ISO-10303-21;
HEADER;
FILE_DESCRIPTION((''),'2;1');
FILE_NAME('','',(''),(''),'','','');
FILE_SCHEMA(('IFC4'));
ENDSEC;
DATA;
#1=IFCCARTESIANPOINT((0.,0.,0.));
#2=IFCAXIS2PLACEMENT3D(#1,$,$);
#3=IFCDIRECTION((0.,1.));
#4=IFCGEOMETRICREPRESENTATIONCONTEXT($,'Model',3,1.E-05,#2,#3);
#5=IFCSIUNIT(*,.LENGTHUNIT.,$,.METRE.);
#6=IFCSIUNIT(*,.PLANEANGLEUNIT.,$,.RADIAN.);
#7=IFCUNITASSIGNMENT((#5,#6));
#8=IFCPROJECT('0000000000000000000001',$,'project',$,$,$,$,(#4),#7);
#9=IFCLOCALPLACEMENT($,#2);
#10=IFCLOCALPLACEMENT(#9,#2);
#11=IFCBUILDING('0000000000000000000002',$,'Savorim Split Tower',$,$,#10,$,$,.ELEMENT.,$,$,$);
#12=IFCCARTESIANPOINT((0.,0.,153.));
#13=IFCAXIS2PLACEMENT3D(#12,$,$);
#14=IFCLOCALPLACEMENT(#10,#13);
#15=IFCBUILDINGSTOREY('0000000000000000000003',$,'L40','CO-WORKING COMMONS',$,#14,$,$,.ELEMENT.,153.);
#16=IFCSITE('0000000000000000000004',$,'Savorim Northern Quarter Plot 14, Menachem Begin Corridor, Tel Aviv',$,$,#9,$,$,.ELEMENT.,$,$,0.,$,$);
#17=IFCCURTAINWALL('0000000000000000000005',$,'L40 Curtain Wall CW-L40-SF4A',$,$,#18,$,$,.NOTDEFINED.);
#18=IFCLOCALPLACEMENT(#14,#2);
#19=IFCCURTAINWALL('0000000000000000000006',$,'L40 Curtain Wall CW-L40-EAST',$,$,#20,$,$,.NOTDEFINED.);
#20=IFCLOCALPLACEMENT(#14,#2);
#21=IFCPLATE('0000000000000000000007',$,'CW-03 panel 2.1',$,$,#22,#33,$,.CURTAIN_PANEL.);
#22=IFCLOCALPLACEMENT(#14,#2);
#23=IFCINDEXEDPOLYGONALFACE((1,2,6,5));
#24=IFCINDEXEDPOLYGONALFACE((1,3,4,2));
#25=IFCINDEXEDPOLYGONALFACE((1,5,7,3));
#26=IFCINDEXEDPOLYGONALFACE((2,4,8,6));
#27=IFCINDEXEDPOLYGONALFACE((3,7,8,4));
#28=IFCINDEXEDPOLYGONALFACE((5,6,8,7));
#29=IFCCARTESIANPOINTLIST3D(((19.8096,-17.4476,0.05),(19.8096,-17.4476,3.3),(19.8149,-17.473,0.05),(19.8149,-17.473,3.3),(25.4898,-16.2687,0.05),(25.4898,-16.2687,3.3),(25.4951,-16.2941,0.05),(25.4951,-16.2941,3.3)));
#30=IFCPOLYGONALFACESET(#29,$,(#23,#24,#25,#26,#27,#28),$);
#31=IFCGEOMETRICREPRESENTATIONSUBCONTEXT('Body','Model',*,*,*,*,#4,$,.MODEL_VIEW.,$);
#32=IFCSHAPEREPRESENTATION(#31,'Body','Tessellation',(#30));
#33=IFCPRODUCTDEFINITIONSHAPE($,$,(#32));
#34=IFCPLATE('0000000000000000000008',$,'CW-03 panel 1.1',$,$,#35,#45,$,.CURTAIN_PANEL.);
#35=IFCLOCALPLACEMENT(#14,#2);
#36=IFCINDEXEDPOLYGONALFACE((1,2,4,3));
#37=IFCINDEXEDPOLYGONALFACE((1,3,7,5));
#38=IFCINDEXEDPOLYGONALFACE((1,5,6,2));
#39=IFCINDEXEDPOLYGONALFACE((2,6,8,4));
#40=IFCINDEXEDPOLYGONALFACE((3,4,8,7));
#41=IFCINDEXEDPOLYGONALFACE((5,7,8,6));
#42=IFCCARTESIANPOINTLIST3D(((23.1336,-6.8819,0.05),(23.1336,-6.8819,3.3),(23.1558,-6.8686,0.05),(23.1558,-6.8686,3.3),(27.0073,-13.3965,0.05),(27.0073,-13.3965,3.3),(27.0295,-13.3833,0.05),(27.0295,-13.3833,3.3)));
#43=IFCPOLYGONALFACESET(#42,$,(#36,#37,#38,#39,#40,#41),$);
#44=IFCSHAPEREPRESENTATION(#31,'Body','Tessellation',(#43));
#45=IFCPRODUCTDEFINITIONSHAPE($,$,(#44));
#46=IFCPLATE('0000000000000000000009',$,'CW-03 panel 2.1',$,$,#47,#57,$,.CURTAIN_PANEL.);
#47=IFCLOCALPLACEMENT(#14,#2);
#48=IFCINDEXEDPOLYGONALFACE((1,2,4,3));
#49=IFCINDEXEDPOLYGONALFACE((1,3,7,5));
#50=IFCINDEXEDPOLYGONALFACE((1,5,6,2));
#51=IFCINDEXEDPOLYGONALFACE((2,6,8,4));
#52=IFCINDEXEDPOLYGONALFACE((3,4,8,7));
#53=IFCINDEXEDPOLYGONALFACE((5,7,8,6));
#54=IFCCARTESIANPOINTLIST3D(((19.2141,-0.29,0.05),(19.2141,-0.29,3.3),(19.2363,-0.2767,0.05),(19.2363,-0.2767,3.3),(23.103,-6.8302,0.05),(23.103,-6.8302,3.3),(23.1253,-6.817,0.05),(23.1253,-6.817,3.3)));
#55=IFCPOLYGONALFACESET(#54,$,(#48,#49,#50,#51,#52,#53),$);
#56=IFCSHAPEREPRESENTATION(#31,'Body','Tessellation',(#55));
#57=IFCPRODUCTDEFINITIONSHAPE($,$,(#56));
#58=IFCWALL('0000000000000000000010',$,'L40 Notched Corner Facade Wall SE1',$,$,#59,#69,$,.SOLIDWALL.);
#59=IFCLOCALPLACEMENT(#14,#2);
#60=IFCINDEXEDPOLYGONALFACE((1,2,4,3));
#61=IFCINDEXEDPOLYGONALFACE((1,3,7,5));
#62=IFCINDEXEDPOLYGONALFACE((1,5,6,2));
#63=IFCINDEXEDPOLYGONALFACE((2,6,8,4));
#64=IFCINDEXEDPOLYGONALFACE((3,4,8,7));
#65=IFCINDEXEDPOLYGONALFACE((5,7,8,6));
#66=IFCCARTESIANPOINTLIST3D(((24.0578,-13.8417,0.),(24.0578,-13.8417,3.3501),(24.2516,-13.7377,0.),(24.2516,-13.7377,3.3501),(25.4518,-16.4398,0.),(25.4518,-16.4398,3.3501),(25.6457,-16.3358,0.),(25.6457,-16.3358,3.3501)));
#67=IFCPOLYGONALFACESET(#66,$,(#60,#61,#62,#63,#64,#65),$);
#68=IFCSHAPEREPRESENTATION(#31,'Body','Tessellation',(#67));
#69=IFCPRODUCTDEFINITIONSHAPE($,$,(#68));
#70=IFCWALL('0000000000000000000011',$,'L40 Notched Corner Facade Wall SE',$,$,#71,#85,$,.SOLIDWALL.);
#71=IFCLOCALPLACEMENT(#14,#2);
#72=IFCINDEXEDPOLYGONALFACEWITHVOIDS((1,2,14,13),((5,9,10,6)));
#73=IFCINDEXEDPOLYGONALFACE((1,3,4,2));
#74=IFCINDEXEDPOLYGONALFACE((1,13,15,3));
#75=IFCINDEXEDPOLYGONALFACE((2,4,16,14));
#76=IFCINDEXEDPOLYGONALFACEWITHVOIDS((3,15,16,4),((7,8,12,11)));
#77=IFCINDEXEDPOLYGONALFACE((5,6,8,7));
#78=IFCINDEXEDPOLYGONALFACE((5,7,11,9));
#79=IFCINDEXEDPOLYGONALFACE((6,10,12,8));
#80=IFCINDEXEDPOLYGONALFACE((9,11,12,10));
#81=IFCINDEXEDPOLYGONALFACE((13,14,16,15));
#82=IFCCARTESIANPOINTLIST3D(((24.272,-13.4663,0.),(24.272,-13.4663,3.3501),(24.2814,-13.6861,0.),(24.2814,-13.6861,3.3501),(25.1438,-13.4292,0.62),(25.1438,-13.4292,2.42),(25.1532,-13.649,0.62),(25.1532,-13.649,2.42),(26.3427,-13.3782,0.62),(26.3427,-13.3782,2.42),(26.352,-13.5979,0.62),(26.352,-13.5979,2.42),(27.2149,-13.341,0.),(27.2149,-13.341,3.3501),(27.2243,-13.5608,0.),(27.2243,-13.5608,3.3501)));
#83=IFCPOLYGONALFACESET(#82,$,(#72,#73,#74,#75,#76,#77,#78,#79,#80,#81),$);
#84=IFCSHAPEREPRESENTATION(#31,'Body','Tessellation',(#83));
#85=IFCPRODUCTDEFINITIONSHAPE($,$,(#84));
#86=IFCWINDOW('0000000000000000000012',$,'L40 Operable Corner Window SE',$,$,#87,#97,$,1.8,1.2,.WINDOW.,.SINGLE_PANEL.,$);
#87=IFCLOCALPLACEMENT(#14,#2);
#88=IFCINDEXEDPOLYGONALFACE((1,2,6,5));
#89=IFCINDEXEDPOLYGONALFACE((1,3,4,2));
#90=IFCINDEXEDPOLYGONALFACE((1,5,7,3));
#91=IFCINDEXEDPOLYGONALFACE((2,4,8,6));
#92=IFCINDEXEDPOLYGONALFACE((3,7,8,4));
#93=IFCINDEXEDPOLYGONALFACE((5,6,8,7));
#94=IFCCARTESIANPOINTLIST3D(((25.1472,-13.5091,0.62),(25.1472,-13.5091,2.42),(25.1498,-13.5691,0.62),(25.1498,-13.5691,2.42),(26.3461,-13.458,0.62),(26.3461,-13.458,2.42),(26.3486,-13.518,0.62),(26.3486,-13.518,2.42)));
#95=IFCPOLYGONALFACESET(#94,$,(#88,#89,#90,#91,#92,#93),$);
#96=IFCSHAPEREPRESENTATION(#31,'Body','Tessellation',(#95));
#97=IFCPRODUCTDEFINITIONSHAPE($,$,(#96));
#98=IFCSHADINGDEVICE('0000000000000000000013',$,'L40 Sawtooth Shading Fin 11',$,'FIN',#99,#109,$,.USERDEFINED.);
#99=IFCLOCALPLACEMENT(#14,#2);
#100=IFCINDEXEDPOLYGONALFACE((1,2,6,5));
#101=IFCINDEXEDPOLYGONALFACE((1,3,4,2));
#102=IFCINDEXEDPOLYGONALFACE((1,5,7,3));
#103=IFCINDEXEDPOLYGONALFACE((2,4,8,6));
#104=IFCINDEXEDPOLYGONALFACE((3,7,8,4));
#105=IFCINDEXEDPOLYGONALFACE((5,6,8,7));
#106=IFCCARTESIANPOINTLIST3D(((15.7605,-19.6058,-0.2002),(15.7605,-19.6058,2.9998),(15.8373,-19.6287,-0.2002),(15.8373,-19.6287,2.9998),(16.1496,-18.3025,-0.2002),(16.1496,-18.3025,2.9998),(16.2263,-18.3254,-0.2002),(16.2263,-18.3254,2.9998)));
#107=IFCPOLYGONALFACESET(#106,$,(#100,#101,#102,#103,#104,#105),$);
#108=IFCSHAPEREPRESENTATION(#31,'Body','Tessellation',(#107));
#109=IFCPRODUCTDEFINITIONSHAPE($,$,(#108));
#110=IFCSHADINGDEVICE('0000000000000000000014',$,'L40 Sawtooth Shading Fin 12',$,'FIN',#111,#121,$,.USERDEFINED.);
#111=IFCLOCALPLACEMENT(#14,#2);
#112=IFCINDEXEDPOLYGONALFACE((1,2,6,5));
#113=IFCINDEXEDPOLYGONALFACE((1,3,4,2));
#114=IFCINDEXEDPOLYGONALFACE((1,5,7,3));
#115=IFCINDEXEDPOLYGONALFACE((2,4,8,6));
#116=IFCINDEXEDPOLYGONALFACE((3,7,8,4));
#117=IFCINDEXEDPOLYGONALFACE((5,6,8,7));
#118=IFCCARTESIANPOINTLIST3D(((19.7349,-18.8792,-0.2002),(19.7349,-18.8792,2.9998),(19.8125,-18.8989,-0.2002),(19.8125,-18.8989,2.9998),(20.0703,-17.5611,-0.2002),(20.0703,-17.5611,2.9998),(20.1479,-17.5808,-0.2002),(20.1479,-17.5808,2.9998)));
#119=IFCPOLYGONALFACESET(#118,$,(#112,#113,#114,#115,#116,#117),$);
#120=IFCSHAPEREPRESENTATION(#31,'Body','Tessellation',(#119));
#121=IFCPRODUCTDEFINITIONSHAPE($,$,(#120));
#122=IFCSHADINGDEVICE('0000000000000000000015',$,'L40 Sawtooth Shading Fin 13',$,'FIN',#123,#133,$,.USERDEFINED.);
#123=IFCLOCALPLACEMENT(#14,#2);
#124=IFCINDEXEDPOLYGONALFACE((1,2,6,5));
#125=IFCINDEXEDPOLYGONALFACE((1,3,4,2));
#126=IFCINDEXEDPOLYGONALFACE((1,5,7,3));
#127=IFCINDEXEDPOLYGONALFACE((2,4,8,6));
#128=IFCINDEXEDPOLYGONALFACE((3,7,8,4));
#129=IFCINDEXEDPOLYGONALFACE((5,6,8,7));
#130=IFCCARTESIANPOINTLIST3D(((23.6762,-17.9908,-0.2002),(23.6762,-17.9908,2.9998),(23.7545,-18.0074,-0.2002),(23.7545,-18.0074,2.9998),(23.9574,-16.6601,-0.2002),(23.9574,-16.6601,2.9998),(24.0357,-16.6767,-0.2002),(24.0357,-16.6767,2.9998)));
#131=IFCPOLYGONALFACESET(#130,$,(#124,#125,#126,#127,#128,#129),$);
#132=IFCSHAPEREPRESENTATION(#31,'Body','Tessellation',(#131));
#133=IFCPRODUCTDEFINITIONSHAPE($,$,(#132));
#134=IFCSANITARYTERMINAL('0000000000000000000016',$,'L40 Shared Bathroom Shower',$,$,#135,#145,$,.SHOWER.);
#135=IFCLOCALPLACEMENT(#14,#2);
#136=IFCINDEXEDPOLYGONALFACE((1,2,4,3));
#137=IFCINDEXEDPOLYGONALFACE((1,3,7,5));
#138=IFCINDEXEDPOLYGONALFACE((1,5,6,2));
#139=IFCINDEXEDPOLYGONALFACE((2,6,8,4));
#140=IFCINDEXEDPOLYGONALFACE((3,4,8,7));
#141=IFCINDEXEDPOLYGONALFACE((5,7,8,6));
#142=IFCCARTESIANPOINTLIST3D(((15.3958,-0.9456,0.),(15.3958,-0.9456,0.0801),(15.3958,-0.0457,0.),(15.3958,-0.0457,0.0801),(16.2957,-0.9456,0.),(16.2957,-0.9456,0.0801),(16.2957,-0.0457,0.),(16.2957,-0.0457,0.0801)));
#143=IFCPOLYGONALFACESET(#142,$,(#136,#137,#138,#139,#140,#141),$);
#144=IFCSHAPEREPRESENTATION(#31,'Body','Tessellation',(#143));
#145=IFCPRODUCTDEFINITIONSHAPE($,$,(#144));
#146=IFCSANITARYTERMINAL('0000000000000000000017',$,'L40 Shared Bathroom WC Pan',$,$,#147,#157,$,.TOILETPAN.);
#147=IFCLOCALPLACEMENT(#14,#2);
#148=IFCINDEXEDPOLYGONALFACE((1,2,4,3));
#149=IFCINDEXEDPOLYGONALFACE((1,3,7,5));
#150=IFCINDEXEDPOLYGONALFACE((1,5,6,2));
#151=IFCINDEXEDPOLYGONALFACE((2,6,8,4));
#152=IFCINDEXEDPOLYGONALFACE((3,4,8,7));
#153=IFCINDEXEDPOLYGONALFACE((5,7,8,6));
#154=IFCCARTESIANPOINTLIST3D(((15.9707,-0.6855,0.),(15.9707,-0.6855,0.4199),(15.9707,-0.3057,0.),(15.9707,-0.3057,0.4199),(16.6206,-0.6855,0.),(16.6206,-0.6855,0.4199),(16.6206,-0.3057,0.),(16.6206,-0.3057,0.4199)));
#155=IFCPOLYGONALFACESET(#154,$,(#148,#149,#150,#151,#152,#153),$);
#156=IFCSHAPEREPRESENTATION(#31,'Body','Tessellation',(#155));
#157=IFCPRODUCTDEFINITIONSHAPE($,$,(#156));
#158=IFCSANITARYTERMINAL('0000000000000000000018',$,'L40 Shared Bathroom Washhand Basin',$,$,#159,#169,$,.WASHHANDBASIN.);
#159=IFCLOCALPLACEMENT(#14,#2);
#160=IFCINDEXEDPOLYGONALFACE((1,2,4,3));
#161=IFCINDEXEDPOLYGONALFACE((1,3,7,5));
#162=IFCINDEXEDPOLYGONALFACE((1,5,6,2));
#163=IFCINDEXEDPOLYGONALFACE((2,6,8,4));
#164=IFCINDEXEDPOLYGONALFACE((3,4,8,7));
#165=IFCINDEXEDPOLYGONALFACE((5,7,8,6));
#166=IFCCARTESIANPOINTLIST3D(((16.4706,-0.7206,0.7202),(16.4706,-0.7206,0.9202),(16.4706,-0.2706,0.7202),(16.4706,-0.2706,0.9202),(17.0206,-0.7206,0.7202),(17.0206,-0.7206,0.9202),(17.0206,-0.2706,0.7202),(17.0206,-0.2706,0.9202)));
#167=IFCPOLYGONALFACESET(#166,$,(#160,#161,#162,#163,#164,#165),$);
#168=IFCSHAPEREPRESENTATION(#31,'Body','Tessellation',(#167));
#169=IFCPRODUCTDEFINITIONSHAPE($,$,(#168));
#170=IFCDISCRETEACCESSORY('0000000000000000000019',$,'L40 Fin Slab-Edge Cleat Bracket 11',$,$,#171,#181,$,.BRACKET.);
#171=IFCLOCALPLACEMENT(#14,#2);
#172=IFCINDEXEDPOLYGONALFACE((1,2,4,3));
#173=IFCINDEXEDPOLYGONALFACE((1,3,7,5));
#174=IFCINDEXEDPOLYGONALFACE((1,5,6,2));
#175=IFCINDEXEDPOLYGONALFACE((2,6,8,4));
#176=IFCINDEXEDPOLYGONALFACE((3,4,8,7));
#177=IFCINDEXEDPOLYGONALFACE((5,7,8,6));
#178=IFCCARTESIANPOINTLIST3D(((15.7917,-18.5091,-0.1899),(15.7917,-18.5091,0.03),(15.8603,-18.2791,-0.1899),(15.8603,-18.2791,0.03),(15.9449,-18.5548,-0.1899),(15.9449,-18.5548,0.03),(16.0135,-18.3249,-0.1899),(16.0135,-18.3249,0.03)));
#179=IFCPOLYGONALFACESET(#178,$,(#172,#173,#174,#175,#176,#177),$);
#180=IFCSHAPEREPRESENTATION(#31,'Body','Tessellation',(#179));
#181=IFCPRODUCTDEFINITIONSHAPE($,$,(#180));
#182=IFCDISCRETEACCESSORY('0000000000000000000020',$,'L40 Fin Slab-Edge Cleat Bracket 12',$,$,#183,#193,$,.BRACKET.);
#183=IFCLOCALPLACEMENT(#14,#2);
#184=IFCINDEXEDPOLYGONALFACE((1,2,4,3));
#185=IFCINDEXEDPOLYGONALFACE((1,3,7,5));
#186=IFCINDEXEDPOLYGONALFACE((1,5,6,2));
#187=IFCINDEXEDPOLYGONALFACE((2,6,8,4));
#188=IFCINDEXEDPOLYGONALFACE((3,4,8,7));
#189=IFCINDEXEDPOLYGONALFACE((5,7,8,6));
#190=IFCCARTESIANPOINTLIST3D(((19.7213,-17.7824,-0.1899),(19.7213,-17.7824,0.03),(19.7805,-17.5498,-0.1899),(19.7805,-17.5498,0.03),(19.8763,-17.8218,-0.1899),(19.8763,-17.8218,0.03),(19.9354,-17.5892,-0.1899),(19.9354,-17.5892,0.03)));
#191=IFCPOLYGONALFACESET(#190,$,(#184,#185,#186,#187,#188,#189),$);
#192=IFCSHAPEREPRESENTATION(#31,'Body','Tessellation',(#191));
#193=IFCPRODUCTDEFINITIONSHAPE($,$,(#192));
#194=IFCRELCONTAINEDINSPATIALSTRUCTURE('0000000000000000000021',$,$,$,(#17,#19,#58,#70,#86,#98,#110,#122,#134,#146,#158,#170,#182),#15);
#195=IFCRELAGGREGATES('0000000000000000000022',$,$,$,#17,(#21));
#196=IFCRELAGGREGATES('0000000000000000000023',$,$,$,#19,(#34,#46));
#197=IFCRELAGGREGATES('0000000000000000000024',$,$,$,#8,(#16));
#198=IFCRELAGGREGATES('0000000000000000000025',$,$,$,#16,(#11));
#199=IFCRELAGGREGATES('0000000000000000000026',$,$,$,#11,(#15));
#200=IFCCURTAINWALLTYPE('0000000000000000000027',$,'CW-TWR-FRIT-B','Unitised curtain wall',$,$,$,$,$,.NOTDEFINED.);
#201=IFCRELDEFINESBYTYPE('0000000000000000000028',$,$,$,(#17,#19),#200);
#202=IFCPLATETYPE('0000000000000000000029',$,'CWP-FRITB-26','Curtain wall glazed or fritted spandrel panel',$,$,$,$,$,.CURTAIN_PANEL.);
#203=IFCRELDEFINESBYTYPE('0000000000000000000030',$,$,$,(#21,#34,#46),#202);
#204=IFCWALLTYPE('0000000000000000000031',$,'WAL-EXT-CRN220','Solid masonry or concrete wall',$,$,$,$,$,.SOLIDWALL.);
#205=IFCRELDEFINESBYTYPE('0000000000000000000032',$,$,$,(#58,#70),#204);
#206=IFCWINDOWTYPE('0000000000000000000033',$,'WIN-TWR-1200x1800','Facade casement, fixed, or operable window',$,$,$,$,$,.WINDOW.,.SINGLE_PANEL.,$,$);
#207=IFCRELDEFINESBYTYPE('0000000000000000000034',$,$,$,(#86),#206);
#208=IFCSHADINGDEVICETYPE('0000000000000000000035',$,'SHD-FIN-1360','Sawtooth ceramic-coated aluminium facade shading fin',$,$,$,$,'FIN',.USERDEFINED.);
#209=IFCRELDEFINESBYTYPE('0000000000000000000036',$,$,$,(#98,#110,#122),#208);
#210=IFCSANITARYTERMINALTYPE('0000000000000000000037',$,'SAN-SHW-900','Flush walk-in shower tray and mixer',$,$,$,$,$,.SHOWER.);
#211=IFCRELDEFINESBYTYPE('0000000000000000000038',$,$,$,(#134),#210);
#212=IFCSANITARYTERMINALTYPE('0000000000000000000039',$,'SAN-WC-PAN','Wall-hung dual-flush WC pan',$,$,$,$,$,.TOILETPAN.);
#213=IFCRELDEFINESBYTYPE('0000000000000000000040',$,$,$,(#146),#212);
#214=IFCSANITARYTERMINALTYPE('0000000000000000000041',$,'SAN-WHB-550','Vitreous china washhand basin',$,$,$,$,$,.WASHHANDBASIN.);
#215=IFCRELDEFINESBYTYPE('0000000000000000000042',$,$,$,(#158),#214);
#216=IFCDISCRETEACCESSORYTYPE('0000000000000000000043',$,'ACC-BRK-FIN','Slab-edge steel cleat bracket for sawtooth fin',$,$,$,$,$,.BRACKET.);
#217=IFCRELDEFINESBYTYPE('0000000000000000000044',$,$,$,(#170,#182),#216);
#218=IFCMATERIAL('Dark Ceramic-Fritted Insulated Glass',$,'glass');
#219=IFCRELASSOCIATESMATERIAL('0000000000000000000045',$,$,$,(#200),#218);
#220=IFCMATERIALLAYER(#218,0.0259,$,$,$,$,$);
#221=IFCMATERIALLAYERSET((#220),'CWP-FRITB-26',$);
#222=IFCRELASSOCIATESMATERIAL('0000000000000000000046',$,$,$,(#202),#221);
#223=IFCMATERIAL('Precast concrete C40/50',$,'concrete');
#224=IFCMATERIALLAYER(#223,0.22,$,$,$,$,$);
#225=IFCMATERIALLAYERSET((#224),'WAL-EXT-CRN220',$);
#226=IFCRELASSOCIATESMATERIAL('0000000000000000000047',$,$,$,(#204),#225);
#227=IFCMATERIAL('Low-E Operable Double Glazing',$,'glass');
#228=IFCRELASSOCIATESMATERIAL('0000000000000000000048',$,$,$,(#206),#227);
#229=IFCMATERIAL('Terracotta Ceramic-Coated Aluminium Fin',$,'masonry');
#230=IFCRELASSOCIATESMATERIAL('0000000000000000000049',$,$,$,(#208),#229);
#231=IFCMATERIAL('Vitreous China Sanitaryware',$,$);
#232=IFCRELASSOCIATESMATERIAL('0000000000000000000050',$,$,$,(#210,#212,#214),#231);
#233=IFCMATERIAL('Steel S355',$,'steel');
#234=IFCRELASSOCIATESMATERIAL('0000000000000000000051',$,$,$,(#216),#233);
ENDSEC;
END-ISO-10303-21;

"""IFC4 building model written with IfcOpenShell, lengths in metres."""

from ifc_helpers import new_model, si_unit, direction, frame, frame_2d, origin, origin_2d, place, context, subcontext, project, spatial, rectangle, extrude, material, layer, layer_set, type_object, element, fill, aggregate, save


model = new_model("IFC4")

# Units and contexts
model_context = context("Model", 3, precision=1e-05, world=origin(), true_north=direction((0.0, 1.0)))
body_context = subcontext(model_context, "Body", "Model", "MODEL_VIEW")
ifc_project = project(units=[si_unit("LENGTHUNIT", "METRE"), si_unit("PLANEANGLEUNIT", "RADIAN")], contexts=[model_context])

# Site, building, storey
site_placement = place(None, origin())
site = spatial("IfcSite", under=ifc_project, at=site_placement, Name="Savorim Northern Quarter Plot 14, Menachem Begin Corridor, Tel Aviv", CompositionType="ELEMENT", RefElevation=0.0)
building_placement = place(site_placement, origin())
building = spatial("IfcBuilding", under=site, at=building_placement, Name="Savorim Split Tower", CompositionType="ELEMENT")
storey_placement = place(building_placement, frame((0.0, 0.0, 153.0)))
storey = spatial("IfcBuildingStorey", under=building, at=storey_placement, Name="L40", Description="CO-WORKING COMMONS", CompositionType="ELEMENT", Elevation=153.0)

# Shared definitions
ifc_material_1 = material(Name="Steel S355", Category="steel")

# Curtain walls
ifc_material_2 = material(Name="Dark Ceramic-Fritted Insulated Glass", Category="glass")
curtain_wall_type = type_object("IfcCurtainWallType", Name="CW-TWR-FRIT-B", Description="Unitised curtain wall", PredefinedType="NOTDEFINED", material=ifc_material_2)
curtain_wall_1_placement = place(storey_placement, origin())
curtain_wall_1 = element("IfcCurtainWall", 1, at=curtain_wall_1_placement, inside=storey, type_object=curtain_wall_type, Name="L40 Curtain Wall CW-L40-SF4A", PredefinedType="NOTDEFINED")
curtain_wall_2_placement = place(storey_placement, origin())
curtain_wall_2 = element("IfcCurtainWall", 2, at=curtain_wall_2_placement, inside=storey, type_object=curtain_wall_type, Name="L40 Curtain Wall CW-L40-EAST", PredefinedType="NOTDEFINED")

# Plates
ifc_layer_1 = layer(ifc_material_2, 0.0259)
ifc_layer_set_1 = layer_set([ifc_layer_1], Name="CWP-FRITB-26")
plate_type = type_object("IfcPlateType", Name="CWP-FRITB-26", Description="Curtain wall glazed or fritted spandrel panel", PredefinedType="CURTAIN_PANEL", material=ifc_layer_set_1)
plate_1_placement = place(storey_placement, frame((22.6523, -16.8708, 0.05), z_axis=(0.0, 0.0, 1.0), x_axis=(0.979135, 0.203212, 0.0)))
plate_1 = element("IfcPlate", 3, at=plate_1_placement, type_object=plate_type, Name="CW-03 panel 2.1", PredefinedType="CURTAIN_PANEL", context=body_context, shape_type="SweptSolid", body=[
    extrude(rectangle(XDim=5.8013, YDim=0.0259, at=origin_2d()), origin(), (0.0, 0.0, 1.0), 3.25),
])
aggregate(curtain_wall_1, [plate_1])
plate_2_placement = place(storey_placement, frame((25.0815, -10.1326, 0.05), z_axis=(0.0, 0.0, 1.0), x_axis=(-0.511091, 0.859526, 0.0)))
plate_2 = element("IfcPlate", 4, at=plate_2_placement, type_object=plate_type, Name="CW-03 panel 1.1", PredefinedType="CURTAIN_PANEL", context=body_context, shape_type="SweptSolid", body=[
    extrude(rectangle(XDim=7.5793, YDim=0.0259, at=origin_2d()), origin(), (0.0, 0.0, 1.0), 3.25),
])
plate_3_placement = place(storey_placement, frame((21.1697, -3.5535, 0.05), z_axis=(0.0, 0.0, 1.0), x_axis=(-0.511091, 0.859526, 0.0)))
plate_3 = element("IfcPlate", 5, at=plate_3_placement, type_object=plate_type, Name="CW-03 panel 2.1", PredefinedType="CURTAIN_PANEL", context=body_context, shape_type="SweptSolid", body=[
    extrude(rectangle(XDim=7.6091, YDim=0.0259, at=origin_2d()), origin(), (0.0, 0.0, 1.0), 3.25),
])
aggregate(curtain_wall_2, [plate_2, plate_3])

# Wall
ifc_material_3 = material(Name="Precast concrete C40/50", Category="concrete")
ifc_layer_2 = layer(ifc_material_3, 0.22)
ifc_layer_set_2 = layer_set([ifc_layer_2], Name="WAL-EXT-CRN220")
wall_type = type_object("IfcWallType", Name="WAL-EXT-CRN220", Description="Solid masonry or concrete wall", PredefinedType="SOLIDWALL", material=ifc_layer_set_2)
wall_1_placement = place(storey_placement, frame((24.1548, -13.7898, 0.0), z_axis=(0.0, 0.0, 1.0), x_axis=(0.472796, -0.881172, 0.0)))
element("IfcWall", 6, at=wall_1_placement, inside=storey, type_object=wall_type, Name="L40 Notched Corner Facade Wall SE1", PredefinedType="SOLIDWALL", context=body_context, shape_type="SweptSolid", body=[
    extrude(rectangle(XDim=2.9485, YDim=0.22, at=frame_2d((1.4741, 0.0))), origin(), (0.0, 0.0, 1.0), 3.3501),
])

# Wall, opening, window
wall_2_placement = place(storey_placement, frame((27.2195, -13.4509, 0.0), z_axis=(0.0, 0.0, 1.0), x_axis=(-0.999096, -0.04252, 0.0)))
wall_2 = element("IfcWall", 7, at=wall_2_placement, inside=storey, type_object=wall_type, Name="L40 Notched Corner Facade Wall SE", PredefinedType="SOLIDWALL", context=body_context, shape_type="SweptSolid", body=[
    extrude(rectangle(XDim=2.9456, YDim=0.22, at=frame_2d((1.4727, 0.0))), origin(), (0.0, 0.0, 1.0), 3.3501),
])
opening_placement = place(wall_2_placement, frame((0.8728, 0.0, 0.6201)))
opening = element("IfcOpeningElement", 8, at=opening_placement, cuts=wall_2, PredefinedType="OPENING", context=body_context, shape_type="SweptSolid", body=[
    extrude(rectangle(XDim=1.2, YDim=1.8, at=frame_2d((0.6001, 0.8999))), frame((0.0, 0.1199, 0.0), z_axis=(0.0, -1.0, 0.0), x_axis=(1.0, 0.0, 0.0)), (0.0, 0.0, 1.0), 0.24),
])
ifc_material_4 = material(Name="Low-E Operable Double Glazing", Category="glass")
window_type = type_object("IfcWindowType", Name="WIN-TWR-1200x1800", Description="Facade casement, fixed, or operable window", PartitioningType="SINGLE_PANEL", PredefinedType="WINDOW", material=ifc_material_4)
window_placement = place(opening_placement, origin())
window = element("IfcWindow", 9, at=window_placement, inside=storey, type_object=window_type, Name="L40 Operable Corner Window SE", OverallHeight=1.8, OverallWidth=1.2, PartitioningType="SINGLE_PANEL", PredefinedType="WINDOW", context=body_context, shape_type="SweptSolid", body=[
    extrude(rectangle(XDim=1.2, YDim=1.8, at=frame_2d((0.6001, 0.8999))), frame((0.0, 0.03, 0.0), z_axis=(0.0, -1.0, 0.0), x_axis=(1.0, 0.0, 0.0)), (0.0, 0.0, 1.0), 0.0601),
])
fill(opening, window)

# Shading devices
ifc_material_5 = material(Name="Terracotta Ceramic-Coated Aluminium Fin", Category="masonry")
shading_device_type = type_object("IfcShadingDeviceType", Name="SHD-FIN-1360", Description="Sawtooth ceramic-coated aluminium facade shading fin", ElementType="FIN", PredefinedType="USERDEFINED", material=ifc_material_5)
for number, where, z_axis, x_axis, name in (
    (10, (15.9934, -18.9656, -0.2002), (0.0, 0.0, 1.0), (-0.286026, -0.958222, 0.0), "L40 Sawtooth Shading Fin 11"),
    (11, (19.9414, -18.23, -0.2002), (0.0, 0.0, 1.0), (-0.246581, -0.969122, 0.0), "L40 Sawtooth Shading Fin 12"),
    (12, (23.856, -17.3337, -0.2002), (0.0, 0.0, 1.0), (-0.206722, -0.9784, 0.0), "L40 Sawtooth Shading Fin 13"),
):
    element("IfcShadingDevice", number, at=place(storey_placement, frame(where, z_axis=z_axis, x_axis=x_axis)), inside=storey, type_object=shading_device_type, Name=name, ObjectType="FIN", PredefinedType="USERDEFINED", context=body_context, shape_type="SweptSolid", body=[
        extrude(rectangle(XDim=1.3601, YDim=0.0801, at=origin_2d()), origin(), (0.0, 0.0, 1.0), 3.2),
    ])

# Sanitary terminals
ifc_material_6 = material(Name="Vitreous China Sanitaryware")
sanitary_terminal_type_1 = type_object("IfcSanitaryTerminalType", Name="SAN-SHW-900", Description="Flush walk-in shower tray and mixer", PredefinedType="SHOWER", material=ifc_material_6)
sanitary_terminal_1_placement = place(storey_placement, frame((15.8457, -0.4956, 0.0), z_axis=(0.0, 0.0, 1.0), x_axis=(1.0, 0.0, 0.0)))
element("IfcSanitaryTerminal", 13, at=sanitary_terminal_1_placement, inside=storey, type_object=sanitary_terminal_type_1, Name="L40 Shared Bathroom Shower", PredefinedType="SHOWER", context=body_context, shape_type="SweptSolid", body=[
    extrude(rectangle(XDim=0.8999, YDim=0.8999, at=origin_2d()), origin(), (0.0, 0.0, 1.0), 0.0801),
])
sanitary_terminal_type_2 = type_object("IfcSanitaryTerminalType", Name="SAN-WC-PAN", Description="Wall-hung dual-flush WC pan", PredefinedType="TOILETPAN", material=ifc_material_6)
sanitary_terminal_2_placement = place(storey_placement, frame((16.2957, -0.4956, 0.0), z_axis=(0.0, 0.0, 1.0), x_axis=(1.0, 0.0, 0.0)))
element("IfcSanitaryTerminal", 14, at=sanitary_terminal_2_placement, inside=storey, type_object=sanitary_terminal_type_2, Name="L40 Shared Bathroom WC Pan", PredefinedType="TOILETPAN", context=body_context, shape_type="SweptSolid", body=[
    extrude(rectangle(XDim=0.6499, YDim=0.3799, at=origin_2d()), origin(), (0.0, 0.0, 1.0), 0.4199),
])
sanitary_terminal_type_3 = type_object("IfcSanitaryTerminalType", Name="SAN-WHB-550", Description="Vitreous china washhand basin", PredefinedType="WASHHANDBASIN", material=ifc_material_6)
sanitary_terminal_3_placement = place(storey_placement, frame((16.7456, -0.4956, 0.7202), z_axis=(0.0, 0.0, 1.0), x_axis=(1.0, 0.0, 0.0)))
element("IfcSanitaryTerminal", 15, at=sanitary_terminal_3_placement, inside=storey, type_object=sanitary_terminal_type_3, Name="L40 Shared Bathroom Washhand Basin", PredefinedType="WASHHANDBASIN", context=body_context, shape_type="SweptSolid", body=[
    extrude(rectangle(XDim=0.55, YDim=0.45, at=origin_2d()), origin(), (0.0, 0.0, 1.0), 0.2),
])

# Discrete accessories
discrete_accessory_type = type_object("IfcDiscreteAccessoryType", Name="ACC-BRK-FIN", Description="Slab-edge steel cleat bracket for sawtooth fin", PredefinedType="BRACKET", material=ifc_material_1)
for number, where, z_axis, x_axis, name in (
    (16, (15.9026, -18.417, -0.1899), (0.0, 0.0, 1.0), (-0.286026, -0.958222, 0.0), "L40 Fin Slab-Edge Cleat Bracket 11"),
    (17, (19.8284, -17.6858, -0.1899), (0.0, 0.0, 1.0), (-0.246581, -0.969122, 0.0), "L40 Fin Slab-Edge Cleat Bracket 12"),
):
    element("IfcDiscreteAccessory", number, at=place(storey_placement, frame(where, z_axis=z_axis, x_axis=x_axis)), inside=storey, type_object=discrete_accessory_type, Name=name, PredefinedType="BRACKET", context=body_context, shape_type="SweptSolid", body=[
        extrude(rectangle(XDim=0.24, YDim=0.1599, at=origin_2d()), origin(), (0.0, 0.0, 1.0), 0.22),
    ])

save(model, "model.ifc")
